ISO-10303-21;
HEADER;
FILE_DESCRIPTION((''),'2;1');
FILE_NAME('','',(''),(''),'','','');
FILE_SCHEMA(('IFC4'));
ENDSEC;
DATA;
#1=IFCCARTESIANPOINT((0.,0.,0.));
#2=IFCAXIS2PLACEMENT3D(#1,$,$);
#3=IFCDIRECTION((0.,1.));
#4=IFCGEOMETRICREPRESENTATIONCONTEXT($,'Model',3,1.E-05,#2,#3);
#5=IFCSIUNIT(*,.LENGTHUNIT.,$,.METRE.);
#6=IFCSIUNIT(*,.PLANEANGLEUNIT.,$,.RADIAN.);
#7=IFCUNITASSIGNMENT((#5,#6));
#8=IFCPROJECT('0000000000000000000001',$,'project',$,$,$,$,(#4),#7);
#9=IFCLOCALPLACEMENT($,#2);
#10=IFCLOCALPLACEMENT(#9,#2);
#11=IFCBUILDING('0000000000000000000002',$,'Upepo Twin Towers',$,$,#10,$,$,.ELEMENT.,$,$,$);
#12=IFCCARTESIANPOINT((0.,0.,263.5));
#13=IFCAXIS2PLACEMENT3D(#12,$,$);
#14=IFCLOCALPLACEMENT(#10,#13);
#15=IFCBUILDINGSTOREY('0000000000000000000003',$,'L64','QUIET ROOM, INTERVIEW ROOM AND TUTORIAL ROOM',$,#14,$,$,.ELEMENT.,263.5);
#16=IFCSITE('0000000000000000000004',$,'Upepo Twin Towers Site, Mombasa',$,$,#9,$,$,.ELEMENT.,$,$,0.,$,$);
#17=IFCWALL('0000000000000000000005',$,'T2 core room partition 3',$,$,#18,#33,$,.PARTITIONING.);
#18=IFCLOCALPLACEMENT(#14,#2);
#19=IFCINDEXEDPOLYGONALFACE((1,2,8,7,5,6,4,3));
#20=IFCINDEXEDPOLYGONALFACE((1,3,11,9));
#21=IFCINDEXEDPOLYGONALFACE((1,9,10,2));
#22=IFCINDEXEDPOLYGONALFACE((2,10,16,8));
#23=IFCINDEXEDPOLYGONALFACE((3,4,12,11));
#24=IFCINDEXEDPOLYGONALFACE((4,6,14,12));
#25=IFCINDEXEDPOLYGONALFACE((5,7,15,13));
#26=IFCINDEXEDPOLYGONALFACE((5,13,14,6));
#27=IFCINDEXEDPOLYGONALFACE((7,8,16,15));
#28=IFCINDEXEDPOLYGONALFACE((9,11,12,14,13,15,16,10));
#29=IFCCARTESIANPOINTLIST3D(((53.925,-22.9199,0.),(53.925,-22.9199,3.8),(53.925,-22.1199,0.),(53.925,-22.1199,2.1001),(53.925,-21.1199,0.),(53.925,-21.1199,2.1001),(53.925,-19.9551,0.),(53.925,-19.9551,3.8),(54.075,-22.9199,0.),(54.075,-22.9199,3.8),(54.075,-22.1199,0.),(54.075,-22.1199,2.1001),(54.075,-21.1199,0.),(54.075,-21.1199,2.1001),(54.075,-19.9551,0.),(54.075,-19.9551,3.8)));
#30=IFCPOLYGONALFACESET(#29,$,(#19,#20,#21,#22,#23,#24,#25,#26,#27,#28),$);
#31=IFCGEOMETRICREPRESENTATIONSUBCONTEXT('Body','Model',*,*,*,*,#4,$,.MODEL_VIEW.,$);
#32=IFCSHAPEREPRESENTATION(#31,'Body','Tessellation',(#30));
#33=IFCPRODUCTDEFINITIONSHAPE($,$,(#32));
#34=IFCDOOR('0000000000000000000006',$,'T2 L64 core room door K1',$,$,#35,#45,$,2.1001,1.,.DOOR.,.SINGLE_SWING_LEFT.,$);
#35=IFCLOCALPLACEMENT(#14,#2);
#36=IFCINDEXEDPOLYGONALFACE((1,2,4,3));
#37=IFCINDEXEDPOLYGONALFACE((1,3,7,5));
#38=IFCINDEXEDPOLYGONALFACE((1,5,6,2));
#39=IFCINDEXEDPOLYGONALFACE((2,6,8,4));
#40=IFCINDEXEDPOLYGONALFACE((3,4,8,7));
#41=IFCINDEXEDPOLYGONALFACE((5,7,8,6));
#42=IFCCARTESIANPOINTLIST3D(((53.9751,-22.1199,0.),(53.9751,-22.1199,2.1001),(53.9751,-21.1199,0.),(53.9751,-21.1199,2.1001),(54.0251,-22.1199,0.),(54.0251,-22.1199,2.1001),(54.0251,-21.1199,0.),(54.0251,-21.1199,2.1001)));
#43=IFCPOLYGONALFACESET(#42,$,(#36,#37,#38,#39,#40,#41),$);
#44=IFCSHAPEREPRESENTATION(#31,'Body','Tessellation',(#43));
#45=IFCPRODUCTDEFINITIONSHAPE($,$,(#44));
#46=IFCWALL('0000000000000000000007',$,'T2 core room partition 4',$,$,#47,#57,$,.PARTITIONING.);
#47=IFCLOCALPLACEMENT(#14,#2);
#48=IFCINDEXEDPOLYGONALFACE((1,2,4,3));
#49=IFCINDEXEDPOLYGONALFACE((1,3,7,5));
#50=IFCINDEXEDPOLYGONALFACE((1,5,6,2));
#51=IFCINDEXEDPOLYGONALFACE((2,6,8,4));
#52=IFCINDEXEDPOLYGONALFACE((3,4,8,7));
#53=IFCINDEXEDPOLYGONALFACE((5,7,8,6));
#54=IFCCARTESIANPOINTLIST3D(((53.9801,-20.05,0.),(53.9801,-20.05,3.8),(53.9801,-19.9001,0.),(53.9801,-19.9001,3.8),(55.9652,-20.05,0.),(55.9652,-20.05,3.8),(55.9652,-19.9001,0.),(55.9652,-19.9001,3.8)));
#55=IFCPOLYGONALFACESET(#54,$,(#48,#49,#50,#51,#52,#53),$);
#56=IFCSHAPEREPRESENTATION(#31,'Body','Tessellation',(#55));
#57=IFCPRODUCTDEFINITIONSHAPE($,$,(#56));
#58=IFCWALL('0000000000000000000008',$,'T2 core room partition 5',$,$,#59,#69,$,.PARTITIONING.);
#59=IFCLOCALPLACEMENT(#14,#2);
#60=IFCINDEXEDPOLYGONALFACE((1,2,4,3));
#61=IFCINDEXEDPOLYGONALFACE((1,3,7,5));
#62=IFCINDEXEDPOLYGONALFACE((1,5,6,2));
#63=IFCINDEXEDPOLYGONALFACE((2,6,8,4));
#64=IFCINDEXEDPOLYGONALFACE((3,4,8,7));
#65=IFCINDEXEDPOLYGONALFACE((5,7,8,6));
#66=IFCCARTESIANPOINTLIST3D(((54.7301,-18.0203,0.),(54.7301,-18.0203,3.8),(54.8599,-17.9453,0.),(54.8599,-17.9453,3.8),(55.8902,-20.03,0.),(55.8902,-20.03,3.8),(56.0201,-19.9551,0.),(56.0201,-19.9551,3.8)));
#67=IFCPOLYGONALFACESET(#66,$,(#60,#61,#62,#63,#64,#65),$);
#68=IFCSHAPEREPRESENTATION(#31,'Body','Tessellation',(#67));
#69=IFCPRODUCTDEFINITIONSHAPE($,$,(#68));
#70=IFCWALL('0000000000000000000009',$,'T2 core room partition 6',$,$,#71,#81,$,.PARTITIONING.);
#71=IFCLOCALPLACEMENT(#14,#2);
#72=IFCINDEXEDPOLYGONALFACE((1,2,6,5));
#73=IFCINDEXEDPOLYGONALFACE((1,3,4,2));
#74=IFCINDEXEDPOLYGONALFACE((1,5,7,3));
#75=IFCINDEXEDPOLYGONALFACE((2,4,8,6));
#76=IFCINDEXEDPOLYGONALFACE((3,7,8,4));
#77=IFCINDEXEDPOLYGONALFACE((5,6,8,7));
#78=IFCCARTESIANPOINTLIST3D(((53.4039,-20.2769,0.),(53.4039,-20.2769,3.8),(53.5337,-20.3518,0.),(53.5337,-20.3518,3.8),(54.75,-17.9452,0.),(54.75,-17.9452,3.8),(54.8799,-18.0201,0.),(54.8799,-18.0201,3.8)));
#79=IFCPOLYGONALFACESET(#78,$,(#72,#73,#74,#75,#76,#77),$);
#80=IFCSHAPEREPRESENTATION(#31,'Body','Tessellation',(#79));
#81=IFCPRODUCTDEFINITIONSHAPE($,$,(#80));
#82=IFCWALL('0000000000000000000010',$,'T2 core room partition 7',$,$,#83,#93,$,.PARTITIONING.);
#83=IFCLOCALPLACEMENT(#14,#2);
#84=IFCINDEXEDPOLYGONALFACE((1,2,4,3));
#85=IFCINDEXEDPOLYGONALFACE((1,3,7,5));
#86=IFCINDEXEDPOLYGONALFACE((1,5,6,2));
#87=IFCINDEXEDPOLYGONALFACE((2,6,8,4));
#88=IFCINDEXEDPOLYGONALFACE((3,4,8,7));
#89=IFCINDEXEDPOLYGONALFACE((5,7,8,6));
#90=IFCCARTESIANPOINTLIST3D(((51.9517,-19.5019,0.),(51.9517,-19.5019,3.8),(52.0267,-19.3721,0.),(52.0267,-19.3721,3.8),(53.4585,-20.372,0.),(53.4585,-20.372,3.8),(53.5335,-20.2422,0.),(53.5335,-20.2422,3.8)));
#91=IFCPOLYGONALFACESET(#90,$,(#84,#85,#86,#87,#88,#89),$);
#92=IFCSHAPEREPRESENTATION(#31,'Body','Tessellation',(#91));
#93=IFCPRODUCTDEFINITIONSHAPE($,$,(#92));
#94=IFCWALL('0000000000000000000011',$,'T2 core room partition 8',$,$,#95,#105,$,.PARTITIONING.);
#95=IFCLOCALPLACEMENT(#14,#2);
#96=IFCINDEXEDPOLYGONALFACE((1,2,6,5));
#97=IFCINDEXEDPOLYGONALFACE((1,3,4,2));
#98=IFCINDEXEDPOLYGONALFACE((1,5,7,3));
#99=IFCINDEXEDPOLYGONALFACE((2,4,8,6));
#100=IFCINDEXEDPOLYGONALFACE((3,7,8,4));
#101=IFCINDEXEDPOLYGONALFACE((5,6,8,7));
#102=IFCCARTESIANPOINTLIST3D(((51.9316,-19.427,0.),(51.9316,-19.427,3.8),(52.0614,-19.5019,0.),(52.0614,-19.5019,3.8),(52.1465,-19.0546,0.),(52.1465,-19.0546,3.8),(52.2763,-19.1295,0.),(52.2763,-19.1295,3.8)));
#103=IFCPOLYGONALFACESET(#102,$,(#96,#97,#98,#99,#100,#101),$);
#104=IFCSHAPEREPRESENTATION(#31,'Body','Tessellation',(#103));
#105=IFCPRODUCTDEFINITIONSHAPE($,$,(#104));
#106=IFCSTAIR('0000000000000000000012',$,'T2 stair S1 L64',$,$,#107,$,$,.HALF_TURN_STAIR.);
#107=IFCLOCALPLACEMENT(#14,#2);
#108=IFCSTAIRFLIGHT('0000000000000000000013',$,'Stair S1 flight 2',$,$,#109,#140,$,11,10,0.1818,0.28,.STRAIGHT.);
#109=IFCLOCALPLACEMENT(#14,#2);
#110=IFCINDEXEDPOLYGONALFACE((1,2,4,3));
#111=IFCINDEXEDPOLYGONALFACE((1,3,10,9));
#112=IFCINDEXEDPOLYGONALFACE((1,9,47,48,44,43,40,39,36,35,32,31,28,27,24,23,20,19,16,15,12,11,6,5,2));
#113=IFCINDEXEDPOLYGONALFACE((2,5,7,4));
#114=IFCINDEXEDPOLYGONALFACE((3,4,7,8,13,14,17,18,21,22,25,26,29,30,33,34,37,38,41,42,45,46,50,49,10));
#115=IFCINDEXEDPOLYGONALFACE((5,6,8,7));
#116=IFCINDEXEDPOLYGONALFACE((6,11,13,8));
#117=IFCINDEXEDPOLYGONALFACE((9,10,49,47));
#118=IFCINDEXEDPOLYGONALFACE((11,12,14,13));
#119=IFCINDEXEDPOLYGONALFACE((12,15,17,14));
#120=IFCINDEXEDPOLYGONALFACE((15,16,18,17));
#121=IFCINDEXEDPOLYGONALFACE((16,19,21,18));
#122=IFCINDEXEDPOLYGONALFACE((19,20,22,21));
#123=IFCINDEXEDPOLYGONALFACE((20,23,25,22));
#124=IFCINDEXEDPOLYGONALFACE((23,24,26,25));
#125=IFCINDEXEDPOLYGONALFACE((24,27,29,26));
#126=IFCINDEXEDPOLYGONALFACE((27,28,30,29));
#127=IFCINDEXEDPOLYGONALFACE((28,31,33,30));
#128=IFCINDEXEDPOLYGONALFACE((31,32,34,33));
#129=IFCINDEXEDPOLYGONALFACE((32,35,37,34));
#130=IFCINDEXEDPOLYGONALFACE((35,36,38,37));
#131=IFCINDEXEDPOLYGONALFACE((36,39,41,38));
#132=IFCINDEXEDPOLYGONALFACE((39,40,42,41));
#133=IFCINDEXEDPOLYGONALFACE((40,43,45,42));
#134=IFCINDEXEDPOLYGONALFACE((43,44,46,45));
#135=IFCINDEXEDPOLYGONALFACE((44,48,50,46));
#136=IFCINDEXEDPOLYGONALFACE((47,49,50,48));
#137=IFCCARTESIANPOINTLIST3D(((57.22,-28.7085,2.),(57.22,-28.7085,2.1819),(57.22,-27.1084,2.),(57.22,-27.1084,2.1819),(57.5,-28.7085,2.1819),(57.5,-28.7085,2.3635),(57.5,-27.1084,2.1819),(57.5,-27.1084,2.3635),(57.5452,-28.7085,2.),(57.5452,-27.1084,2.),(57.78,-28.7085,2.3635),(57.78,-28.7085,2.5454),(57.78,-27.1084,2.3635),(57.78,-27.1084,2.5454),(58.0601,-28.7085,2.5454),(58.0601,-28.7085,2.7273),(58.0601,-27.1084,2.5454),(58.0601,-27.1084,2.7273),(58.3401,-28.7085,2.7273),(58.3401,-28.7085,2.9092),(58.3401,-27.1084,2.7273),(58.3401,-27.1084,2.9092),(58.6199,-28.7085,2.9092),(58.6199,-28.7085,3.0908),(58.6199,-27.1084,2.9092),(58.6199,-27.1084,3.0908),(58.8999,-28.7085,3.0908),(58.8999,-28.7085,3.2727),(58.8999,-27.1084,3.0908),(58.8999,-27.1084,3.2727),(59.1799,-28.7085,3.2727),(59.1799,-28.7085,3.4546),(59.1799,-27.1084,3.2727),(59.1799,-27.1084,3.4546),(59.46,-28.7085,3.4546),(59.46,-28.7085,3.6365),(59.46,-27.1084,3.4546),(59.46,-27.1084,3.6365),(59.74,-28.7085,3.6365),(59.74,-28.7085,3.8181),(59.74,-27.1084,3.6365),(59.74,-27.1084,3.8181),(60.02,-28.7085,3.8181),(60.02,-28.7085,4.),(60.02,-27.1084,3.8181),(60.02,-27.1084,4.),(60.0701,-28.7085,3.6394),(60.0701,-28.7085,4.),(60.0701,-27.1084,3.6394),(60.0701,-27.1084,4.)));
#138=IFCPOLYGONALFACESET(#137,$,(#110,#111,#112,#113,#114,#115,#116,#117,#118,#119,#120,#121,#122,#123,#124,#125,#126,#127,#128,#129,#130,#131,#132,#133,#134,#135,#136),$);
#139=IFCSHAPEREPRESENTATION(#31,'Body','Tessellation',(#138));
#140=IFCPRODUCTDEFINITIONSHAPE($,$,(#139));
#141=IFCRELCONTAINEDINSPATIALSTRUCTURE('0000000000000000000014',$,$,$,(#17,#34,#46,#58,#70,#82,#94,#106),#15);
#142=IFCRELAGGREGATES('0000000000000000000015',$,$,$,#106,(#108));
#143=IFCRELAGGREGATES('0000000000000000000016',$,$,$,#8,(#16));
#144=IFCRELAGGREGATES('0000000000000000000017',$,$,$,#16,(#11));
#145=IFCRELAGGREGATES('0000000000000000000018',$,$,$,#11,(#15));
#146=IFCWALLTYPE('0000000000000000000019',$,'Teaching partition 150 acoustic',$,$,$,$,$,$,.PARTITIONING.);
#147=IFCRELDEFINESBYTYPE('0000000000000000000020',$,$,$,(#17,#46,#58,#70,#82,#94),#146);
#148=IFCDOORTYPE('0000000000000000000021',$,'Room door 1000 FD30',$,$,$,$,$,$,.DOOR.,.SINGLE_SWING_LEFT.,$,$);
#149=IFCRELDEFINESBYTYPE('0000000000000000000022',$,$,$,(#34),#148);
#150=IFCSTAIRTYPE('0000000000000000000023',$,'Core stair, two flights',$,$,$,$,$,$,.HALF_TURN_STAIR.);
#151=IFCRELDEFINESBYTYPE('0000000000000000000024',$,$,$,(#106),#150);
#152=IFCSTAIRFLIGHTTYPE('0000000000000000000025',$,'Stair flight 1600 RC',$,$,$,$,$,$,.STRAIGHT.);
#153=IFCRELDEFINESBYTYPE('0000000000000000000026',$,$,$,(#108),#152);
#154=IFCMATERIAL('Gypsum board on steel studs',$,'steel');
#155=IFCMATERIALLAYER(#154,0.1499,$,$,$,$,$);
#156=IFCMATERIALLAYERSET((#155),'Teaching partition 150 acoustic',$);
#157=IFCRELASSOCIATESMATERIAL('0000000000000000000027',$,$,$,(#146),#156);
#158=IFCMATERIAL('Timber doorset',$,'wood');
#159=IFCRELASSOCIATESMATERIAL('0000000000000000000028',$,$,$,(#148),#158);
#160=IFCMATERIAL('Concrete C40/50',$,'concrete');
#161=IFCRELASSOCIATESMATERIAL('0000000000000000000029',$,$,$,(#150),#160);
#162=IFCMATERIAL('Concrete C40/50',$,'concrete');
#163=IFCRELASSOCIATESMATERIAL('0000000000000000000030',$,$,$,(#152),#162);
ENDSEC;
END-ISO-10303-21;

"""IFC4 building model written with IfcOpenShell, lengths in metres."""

from ifc_helpers import new_model, si_unit, direction, frame, frame_2d, origin, place, context, subcontext, project, spatial, polyline, rectangle, outline, extrude, material, layer, layer_set, type_object, element, fill, aggregate, save


model = new_model("IFC4")

# Units and contexts
model_context = context("Model", 3, precision=1e-05, world=origin(), true_north=direction((0.0, 1.0)))
body_context = subcontext(model_context, "Body", "Model", "MODEL_VIEW")
ifc_project = project(units=[si_unit("LENGTHUNIT", "METRE"), si_unit("PLANEANGLEUNIT", "RADIAN")], contexts=[model_context])

# Site, building, storey
site_placement = place(None, origin())
site = spatial("IfcSite", under=ifc_project, at=site_placement, Name="Upepo Twin Towers Site, Mombasa", CompositionType="ELEMENT", RefElevation=0.0)
building_placement = place(site_placement, origin())
building = spatial("IfcBuilding", under=site, at=building_placement, Name="Upepo Twin Towers", CompositionType="ELEMENT")
storey_placement = place(building_placement, frame((0.0, 0.0, 263.5)))
storey = spatial("IfcBuildingStorey", under=building, at=storey_placement, Name="L64", Description="QUIET ROOM, INTERVIEW ROOM AND TUTORIAL ROOM", CompositionType="ELEMENT", Elevation=263.5)

# Shared definitions
ifc_material_1 = material(Name="Gypsum board on steel studs", Category="steel")
ifc_layer_1 = layer(ifc_material_1, 0.1499)
ifc_layer_set_1 = layer_set([ifc_layer_1], Name="Teaching partition 150 acoustic")
wall_type_1 = type_object("IfcWallType", Name="Teaching partition 150 acoustic", PredefinedType="PARTITIONING", material=ifc_layer_set_1)

# Wall, opening, door
wall_1_placement = place(storey_placement, frame((54.0, -22.9199, 0.0), z_axis=(0.0, 0.0, 1.0), x_axis=(0.0, 1.0, 0.0)))
wall_1 = element("IfcWall", 1, at=wall_1_placement, inside=storey, type_object=wall_type_1, Name="T2 core room partition 3", PredefinedType="PARTITIONING", context=body_context, shape_type="SweptSolid", body=[
    extrude(rectangle(XDim=2.9648, YDim=0.1499, at=frame_2d((1.4824, 0.0))), origin(), (0.0, 0.0, 1.0), 3.8),
])
opening_1_placement = place(wall_1_placement, frame((0.8, 0.0, 0.0)))
opening_1 = element("IfcOpeningElement", 2, at=opening_1_placement, cuts=wall_1, PredefinedType="OPENING", context=body_context, shape_type="SweptSolid", body=[
    extrude(rectangle(XDim=1.0, YDim=2.1001, at=frame_2d((0.5, 1.05))), frame((0.0, 0.085, 0.0), z_axis=(0.0, -1.0, 0.0), x_axis=(1.0, 0.0, 0.0)), (0.0, 0.0, 1.0), 0.1699),
])
ifc_material_2 = material(Name="Timber doorset", Category="wood")
door_type_1 = type_object("IfcDoorType", Name="Room door 1000 FD30", OperationType="SINGLE_SWING_LEFT", PredefinedType="DOOR", material=ifc_material_2)
door_1_placement = place(opening_1_placement, origin())
door_1 = element("IfcDoor", 3, at=door_1_placement, inside=storey, type_object=door_type_1, Name="T2 L64 core room door K1", OperationType="SINGLE_SWING_LEFT", OverallHeight=2.1001, OverallWidth=1.0, PredefinedType="DOOR", context=body_context, shape_type="SweptSolid", body=[
    extrude(rectangle(XDim=1.0, YDim=2.1001, at=frame_2d((0.5, 1.05))), frame((0.0, 0.0249, 0.0), z_axis=(0.0, -1.0, 0.0), x_axis=(1.0, 0.0, 0.0)), (0.0, 0.0, 1.0), 0.05),
])
fill(opening_1, door_1)

# Walls
wall_2_placement = place(storey_placement, frame((53.98, -19.9751, 0.0), z_axis=(0.0, 0.0, 1.0), x_axis=(1.0, 0.0, 0.0)))
element("IfcWall", 4, at=wall_2_placement, inside=storey, type_object=wall_type_1, Name="T2 core room partition 4", PredefinedType="PARTITIONING", context=body_context, shape_type="SweptSolid", body=[
    extrude(rectangle(XDim=1.9851, YDim=0.1499, at=frame_2d((0.9927, 0.0))), origin(), (0.0, 0.0, 1.0), 3.8),
])
wall_3_placement = place(storey_placement, frame((55.9551, -19.9924, 0.0), z_axis=(0.0, 0.0, 1.0), x_axis=(-0.499941, 0.866059, 0.0)))
element("IfcWall", 5, at=wall_3_placement, inside=storey, type_object=wall_type_1, Name="T2 core room partition 5", PredefinedType="PARTITIONING", context=body_context, shape_type="SweptSolid", body=[
    extrude(rectangle(XDim=2.3206, YDim=0.1499, at=frame_2d((1.1602, 0.0))), origin(), (0.0, 0.0, 1.0), 3.8),
])
wall_4_placement = place(storey_placement, frame((54.8149, -17.9827, 0.0), z_axis=(0.0, 0.0, 1.0), x_axis=(-0.499981, -0.866036, 0.0)))
element("IfcWall", 6, at=wall_4_placement, inside=storey, type_object=wall_type_1, Name="T2 core room partition 6", PredefinedType="PARTITIONING", context=body_context, shape_type="SweptSolid", body=[
    extrude(rectangle(XDim=2.6924, YDim=0.1499, at=frame_2d((1.3462, 0.0))), origin(), (0.0, 0.0, 1.0), 3.8),
])
wall_5_placement = place(storey_placement, frame((53.4961, -20.3071, 0.0), z_axis=(0.0, 0.0, 1.0), x_axis=(-0.865989, 0.500063, 0.0)))
element("IfcWall", 7, at=wall_5_placement, inside=storey, type_object=wall_type_1, Name="T2 core room partition 7", PredefinedType="PARTITIONING", context=body_context, shape_type="SweptSolid", body=[
    extrude(rectangle(XDim=1.74, YDim=0.1499, at=frame_2d((0.8701, 0.0))), origin(), (0.0, 0.0, 1.0), 3.8),
])
wall_6_placement = place(storey_placement, frame((51.9966, -19.4644, 0.0), z_axis=(0.0, 0.0, 1.0), x_axis=(0.499804, 0.866138, 0.0)))
element("IfcWall", 8, at=wall_6_placement, inside=storey, type_object=wall_type_1, Name="T2 core room partition 8", PredefinedType="PARTITIONING", context=body_context, shape_type="SweptSolid", body=[
    extrude(rectangle(XDim=0.4299, YDim=0.1499, at=frame_2d((0.2148, 0.0))), origin(), (0.0, 0.0, 1.0), 3.8),
])

# Stair, stair flight
ifc_material_3 = material(Name="Concrete C40/50", Category="concrete")
stair_type = type_object("IfcStairType", Name="Core stair, two flights", PredefinedType="HALF_TURN_STAIR", material=ifc_material_3)
stair_placement = place(storey_placement, origin())
stair = element("IfcStair", 9, at=stair_placement, inside=storey, type_object=stair_type, Name="T2 stair S1 L64", PredefinedType="HALF_TURN_STAIR")
ifc_material_4 = material(Name="Concrete C40/50", Category="concrete")
stair_flight_type = type_object("IfcStairFlightType", Name="Stair flight 1600 RC", PredefinedType="STRAIGHT", material=ifc_material_4)
stair_flight_placement = place(storey_placement, frame((57.22, -27.9084, 2.0), z_axis=(0.0, 0.0, 1.0), x_axis=(1.0, 0.0, 0.0)))
stair_flight = element("IfcStairFlight", 10, at=stair_flight_placement, type_object=stair_flight_type, Name="Stair S1 flight 2", NumberOfRisers=11, NumberOfTreads=10, PredefinedType="STRAIGHT", RiserHeight=0.1818, TreadLength=0.28, context=body_context, shape_type="SweptSolid", body=[
    extrude(outline(polyline([(0.0, 0.0), (0.0, 0.1819), (0.28, 0.1819), (0.28, 0.3635), (0.5601, 0.3635), (0.5601, 0.5454), (0.8401, 0.5454), (0.8401, 0.7273), (1.1201, 0.7273), (1.1201, 0.9092), (1.3999, 0.9092), (1.3999, 1.0908), (1.6799, 1.0908), (1.6799, 1.2727), (1.96, 1.2727), (1.96, 1.4546), (2.24, 1.4546), (2.24, 1.6365), (2.52, 1.6365), (2.52, 1.8181), (2.8, 1.8181), (2.8, 2.0), (2.8501, 2.0), (2.8501, 1.6394), (0.3252, 0.0), (0.0, 0.0)])), frame((0.0, 0.8, 0.0), z_axis=(0.0, -1.0, 0.0), x_axis=(1.0, 0.0, 0.0)), (0.0, 0.0, 1.0), 1.6001),
])
aggregate(stair, [stair_flight])

save(model, "model.ifc")
